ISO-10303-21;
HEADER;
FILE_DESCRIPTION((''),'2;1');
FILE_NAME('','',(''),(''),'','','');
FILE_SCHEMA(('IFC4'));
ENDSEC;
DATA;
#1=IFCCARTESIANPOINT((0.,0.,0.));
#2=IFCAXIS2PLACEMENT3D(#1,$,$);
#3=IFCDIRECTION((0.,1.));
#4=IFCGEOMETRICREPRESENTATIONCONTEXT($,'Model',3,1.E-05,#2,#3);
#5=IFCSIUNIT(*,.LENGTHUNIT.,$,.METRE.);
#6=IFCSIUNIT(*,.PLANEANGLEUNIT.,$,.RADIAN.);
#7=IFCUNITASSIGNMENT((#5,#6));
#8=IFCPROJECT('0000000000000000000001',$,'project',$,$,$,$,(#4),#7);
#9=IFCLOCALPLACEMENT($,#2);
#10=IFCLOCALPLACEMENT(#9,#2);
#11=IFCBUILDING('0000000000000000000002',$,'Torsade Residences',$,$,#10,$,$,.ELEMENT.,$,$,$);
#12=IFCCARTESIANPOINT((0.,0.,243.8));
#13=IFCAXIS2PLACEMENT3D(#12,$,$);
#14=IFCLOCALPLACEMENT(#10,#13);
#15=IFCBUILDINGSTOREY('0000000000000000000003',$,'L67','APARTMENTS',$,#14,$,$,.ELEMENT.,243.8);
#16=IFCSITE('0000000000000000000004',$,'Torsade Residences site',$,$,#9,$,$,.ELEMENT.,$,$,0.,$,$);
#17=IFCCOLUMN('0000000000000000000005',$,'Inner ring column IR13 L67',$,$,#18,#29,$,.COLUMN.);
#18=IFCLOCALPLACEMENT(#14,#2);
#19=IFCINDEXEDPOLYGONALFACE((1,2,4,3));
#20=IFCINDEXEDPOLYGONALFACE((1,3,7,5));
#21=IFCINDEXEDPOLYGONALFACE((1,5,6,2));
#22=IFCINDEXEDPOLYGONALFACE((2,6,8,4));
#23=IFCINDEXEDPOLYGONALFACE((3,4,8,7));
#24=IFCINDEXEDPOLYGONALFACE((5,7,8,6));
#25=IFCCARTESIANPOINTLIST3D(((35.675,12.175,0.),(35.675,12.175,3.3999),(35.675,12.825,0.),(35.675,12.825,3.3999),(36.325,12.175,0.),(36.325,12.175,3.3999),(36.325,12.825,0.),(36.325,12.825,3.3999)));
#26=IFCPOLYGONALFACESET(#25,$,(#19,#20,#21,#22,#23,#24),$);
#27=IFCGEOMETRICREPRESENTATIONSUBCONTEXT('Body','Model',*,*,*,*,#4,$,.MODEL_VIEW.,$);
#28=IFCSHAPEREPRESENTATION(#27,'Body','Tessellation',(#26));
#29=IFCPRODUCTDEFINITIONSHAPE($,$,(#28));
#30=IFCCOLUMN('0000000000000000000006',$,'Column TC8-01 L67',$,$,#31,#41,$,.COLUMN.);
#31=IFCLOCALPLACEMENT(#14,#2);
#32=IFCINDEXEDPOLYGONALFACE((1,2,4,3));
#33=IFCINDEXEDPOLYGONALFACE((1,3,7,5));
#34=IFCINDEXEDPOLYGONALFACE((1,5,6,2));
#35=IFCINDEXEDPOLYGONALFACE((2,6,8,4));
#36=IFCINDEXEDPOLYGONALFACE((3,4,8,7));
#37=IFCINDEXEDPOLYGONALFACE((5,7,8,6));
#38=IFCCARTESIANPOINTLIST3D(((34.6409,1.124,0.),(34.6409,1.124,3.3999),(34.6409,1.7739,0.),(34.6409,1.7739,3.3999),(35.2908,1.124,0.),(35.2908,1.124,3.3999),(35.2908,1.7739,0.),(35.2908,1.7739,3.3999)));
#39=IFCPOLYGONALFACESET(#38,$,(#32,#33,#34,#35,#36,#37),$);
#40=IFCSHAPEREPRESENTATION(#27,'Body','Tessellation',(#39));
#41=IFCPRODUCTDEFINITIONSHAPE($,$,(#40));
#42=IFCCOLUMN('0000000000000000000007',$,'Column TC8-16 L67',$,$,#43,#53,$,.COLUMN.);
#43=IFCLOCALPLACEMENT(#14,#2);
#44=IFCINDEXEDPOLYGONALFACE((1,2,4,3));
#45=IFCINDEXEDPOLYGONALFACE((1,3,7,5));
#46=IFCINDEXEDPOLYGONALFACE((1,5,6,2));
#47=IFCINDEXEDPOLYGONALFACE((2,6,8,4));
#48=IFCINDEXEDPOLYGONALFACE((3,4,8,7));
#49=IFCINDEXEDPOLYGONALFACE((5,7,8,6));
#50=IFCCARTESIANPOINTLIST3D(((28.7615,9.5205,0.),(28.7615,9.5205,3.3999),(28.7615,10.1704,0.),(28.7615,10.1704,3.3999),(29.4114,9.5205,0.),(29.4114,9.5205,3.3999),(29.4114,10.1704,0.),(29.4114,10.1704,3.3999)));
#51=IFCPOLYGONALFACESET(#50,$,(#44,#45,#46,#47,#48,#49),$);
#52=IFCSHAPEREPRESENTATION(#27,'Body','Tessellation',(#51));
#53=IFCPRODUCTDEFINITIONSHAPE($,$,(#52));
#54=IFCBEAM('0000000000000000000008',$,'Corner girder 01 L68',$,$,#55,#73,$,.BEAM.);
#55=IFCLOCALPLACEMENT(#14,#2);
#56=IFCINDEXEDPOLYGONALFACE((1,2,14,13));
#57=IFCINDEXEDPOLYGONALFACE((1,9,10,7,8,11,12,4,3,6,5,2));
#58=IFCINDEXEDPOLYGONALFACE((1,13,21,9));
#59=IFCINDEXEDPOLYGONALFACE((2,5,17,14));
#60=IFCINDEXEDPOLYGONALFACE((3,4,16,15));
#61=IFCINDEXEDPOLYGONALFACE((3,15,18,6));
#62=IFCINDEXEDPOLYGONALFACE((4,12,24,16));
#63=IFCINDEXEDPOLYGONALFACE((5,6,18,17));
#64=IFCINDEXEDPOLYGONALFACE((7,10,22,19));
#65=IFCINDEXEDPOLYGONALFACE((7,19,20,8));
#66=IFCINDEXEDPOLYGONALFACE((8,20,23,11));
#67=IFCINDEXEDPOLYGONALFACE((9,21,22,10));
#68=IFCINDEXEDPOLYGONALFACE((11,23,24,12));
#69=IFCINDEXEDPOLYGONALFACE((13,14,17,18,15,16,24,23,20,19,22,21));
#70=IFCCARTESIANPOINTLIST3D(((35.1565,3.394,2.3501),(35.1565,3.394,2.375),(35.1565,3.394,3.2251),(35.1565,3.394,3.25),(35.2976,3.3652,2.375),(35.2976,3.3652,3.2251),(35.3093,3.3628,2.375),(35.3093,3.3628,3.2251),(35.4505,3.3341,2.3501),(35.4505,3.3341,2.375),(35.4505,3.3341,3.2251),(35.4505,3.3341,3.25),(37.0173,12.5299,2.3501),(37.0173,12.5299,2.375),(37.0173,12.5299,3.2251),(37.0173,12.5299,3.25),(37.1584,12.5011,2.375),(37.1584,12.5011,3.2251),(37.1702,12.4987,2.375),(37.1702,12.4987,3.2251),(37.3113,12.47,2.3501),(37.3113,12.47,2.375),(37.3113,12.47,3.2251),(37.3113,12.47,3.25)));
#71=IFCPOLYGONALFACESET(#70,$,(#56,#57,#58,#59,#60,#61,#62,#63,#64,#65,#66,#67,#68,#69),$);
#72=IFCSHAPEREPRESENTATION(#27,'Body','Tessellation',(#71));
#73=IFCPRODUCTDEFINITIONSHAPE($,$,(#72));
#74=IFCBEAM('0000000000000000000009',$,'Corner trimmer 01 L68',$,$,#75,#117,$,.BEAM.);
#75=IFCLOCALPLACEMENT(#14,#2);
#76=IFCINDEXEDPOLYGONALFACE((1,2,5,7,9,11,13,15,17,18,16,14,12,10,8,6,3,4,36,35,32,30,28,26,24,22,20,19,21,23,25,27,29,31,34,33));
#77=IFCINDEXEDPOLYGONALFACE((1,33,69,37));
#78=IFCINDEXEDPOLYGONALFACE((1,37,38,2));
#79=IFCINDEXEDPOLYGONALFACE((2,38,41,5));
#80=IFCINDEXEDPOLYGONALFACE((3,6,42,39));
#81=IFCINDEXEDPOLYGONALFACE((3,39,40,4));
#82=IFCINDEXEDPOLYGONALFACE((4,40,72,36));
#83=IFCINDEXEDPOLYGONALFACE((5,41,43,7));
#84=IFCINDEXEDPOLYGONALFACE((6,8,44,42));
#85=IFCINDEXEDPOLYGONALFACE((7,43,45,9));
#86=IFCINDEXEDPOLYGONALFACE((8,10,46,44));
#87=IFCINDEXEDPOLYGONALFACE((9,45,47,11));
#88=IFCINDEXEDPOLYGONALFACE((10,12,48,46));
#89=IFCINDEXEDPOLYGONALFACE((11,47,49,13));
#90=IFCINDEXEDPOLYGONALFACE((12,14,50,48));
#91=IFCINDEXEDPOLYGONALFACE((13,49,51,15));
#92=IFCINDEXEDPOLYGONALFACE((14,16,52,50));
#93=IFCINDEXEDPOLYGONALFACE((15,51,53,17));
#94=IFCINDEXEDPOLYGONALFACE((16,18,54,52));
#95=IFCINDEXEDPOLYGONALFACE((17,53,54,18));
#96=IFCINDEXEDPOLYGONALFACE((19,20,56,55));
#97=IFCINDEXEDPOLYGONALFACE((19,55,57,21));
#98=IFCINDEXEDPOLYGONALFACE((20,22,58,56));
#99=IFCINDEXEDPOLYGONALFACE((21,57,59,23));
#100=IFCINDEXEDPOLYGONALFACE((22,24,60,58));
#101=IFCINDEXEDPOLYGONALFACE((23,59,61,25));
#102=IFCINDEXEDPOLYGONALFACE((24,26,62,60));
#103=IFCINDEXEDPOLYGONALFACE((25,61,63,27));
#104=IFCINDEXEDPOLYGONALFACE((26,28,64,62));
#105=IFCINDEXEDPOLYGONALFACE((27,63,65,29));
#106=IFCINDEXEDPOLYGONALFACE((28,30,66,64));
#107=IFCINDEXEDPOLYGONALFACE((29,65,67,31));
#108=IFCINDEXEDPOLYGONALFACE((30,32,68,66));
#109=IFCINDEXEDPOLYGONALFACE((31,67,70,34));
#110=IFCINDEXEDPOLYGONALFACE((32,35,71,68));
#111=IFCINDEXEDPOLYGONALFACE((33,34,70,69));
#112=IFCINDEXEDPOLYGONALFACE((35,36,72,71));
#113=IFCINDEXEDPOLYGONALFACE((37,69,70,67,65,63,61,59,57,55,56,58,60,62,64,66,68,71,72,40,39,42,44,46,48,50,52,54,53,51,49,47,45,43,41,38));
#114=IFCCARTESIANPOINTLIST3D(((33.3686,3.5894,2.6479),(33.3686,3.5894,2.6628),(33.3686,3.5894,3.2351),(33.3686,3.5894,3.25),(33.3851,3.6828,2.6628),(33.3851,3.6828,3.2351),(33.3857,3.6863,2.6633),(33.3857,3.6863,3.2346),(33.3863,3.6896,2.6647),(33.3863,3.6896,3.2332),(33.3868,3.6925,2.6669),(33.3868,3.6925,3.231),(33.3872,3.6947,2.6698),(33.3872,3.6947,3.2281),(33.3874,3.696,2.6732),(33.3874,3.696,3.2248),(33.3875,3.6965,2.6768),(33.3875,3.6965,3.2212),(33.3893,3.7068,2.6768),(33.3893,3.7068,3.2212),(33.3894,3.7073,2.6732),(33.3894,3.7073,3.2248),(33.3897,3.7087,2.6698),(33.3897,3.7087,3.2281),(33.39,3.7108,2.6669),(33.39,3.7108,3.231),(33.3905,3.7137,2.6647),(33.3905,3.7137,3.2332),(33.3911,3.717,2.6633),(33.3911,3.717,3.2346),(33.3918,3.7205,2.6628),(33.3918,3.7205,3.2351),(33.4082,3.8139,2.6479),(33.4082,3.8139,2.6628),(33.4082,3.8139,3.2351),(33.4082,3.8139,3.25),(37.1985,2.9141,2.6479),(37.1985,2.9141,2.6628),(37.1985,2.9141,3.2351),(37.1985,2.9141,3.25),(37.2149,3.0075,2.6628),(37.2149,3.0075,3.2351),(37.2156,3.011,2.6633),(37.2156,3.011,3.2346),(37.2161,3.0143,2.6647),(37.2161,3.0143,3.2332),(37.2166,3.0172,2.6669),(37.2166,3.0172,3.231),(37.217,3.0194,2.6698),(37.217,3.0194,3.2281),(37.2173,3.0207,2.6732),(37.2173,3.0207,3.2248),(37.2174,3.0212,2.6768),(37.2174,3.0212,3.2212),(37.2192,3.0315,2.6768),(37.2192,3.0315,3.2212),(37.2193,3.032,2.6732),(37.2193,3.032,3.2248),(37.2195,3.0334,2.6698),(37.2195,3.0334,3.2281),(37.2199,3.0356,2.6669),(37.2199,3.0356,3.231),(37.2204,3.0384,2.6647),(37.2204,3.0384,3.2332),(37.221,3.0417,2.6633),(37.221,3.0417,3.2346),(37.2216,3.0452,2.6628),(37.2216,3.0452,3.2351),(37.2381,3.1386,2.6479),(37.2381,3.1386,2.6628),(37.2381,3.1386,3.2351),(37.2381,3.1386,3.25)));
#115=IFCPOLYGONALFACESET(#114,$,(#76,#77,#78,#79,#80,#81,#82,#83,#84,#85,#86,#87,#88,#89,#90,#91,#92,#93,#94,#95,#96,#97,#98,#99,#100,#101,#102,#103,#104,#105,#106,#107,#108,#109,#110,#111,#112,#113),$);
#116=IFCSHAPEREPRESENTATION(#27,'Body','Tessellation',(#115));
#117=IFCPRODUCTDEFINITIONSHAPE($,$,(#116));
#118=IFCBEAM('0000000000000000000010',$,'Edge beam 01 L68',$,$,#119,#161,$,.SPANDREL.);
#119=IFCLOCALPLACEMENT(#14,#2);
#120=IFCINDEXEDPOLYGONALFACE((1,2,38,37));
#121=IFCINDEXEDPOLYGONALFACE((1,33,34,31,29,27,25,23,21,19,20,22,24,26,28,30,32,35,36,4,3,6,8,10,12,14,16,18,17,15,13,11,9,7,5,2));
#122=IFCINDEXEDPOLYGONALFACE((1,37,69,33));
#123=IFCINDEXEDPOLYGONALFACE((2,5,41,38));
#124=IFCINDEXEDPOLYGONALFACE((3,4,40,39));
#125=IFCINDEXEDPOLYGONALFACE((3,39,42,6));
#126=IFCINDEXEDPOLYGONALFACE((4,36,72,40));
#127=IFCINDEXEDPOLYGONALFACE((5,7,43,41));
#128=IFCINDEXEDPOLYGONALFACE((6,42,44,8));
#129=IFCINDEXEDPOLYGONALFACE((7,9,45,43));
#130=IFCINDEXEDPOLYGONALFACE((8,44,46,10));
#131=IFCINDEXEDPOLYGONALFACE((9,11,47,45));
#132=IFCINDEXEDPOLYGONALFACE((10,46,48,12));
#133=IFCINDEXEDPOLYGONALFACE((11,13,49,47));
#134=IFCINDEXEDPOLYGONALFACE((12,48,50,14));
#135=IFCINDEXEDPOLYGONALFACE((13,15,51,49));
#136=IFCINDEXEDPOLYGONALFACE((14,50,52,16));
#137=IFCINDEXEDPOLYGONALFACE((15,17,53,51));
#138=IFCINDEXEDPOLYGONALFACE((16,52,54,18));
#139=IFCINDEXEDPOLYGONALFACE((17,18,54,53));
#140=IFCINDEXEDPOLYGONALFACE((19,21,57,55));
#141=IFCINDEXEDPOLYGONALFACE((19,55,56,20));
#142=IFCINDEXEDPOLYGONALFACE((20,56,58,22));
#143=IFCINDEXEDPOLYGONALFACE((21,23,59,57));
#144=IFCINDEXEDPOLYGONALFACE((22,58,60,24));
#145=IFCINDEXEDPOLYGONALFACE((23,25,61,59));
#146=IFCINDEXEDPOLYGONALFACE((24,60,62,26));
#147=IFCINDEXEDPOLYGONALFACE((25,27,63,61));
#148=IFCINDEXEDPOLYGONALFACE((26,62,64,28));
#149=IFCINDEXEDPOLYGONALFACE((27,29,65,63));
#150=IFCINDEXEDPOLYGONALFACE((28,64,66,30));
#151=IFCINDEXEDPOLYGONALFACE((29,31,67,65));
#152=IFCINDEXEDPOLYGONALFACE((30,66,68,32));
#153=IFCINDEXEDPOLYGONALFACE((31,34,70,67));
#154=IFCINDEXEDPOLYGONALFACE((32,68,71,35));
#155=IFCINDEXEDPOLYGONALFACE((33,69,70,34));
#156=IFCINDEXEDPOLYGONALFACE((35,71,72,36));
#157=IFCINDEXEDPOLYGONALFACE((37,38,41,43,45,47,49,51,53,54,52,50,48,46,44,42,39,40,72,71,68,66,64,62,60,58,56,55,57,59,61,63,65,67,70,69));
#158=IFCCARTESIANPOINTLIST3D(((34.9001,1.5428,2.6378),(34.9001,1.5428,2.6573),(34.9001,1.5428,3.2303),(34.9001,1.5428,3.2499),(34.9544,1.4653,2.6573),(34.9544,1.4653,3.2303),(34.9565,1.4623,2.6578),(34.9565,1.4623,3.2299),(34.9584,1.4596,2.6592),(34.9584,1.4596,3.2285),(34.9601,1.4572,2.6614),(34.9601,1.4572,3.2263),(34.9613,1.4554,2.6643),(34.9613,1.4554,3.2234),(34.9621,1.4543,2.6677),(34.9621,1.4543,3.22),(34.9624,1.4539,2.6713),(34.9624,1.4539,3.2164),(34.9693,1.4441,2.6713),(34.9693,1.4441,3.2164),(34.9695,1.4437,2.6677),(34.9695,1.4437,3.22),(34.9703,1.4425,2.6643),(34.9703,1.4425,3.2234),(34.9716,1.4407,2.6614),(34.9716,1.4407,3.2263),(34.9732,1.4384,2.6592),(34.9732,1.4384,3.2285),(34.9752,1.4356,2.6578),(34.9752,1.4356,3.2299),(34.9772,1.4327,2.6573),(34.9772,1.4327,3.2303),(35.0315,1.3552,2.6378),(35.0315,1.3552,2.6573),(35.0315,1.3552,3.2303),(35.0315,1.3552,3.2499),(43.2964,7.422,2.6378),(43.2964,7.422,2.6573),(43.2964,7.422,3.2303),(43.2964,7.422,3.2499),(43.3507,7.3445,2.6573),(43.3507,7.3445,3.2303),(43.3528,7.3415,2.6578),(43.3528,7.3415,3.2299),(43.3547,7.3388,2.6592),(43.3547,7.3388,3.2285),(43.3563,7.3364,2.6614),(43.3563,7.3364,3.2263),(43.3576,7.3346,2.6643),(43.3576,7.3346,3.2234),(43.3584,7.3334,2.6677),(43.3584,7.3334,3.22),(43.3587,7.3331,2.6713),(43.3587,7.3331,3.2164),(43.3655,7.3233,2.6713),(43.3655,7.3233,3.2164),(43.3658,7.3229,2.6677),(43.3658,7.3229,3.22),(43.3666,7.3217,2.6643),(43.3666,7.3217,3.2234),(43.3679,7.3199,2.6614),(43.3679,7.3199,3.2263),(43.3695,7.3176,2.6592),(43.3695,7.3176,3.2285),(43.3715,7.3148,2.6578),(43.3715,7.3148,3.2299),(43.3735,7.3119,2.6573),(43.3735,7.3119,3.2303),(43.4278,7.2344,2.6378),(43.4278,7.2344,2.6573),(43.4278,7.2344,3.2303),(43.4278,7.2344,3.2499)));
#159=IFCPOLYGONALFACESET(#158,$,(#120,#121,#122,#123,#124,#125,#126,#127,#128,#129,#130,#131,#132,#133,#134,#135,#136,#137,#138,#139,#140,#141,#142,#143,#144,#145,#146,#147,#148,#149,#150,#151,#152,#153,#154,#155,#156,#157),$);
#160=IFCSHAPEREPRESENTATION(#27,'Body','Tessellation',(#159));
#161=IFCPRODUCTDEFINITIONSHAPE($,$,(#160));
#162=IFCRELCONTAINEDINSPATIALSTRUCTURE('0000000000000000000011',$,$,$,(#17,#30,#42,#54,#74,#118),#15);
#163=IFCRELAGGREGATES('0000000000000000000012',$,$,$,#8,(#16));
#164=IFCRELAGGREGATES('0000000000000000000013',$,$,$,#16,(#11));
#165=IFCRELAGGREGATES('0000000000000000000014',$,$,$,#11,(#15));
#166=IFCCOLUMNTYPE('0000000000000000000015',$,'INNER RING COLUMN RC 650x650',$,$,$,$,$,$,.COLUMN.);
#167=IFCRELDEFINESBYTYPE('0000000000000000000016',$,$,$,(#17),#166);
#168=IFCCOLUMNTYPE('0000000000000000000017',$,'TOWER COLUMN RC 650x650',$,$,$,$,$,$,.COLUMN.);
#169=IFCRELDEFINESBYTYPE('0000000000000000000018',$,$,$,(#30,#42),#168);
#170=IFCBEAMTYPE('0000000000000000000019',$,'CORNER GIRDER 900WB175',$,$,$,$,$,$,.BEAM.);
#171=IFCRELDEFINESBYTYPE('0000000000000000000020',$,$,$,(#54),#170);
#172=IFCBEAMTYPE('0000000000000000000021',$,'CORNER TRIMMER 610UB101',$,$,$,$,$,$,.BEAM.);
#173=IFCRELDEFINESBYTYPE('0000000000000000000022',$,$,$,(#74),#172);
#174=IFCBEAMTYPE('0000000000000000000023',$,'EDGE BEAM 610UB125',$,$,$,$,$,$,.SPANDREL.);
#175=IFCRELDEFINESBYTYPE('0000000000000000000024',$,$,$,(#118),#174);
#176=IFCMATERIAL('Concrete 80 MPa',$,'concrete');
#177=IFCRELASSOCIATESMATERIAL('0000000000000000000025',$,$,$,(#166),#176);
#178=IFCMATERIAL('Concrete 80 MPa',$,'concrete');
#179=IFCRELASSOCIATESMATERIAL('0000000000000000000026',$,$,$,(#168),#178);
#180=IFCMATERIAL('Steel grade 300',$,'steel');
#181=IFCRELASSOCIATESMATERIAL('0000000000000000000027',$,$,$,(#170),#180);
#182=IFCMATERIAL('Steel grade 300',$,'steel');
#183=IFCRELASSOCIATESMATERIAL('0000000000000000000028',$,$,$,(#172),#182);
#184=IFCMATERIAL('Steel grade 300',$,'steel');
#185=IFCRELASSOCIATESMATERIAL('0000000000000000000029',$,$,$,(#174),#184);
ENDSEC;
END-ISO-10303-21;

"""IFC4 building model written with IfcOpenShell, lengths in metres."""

from ifc_helpers import new_model, si_unit, direction, frame, origin, origin_2d, place, context, subcontext, project, spatial, rectangle, i_section, extrude, material, material_profile, profile_set, type_object, element, save


model = new_model("IFC4")

# Units and contexts
model_context = context("Model", 3, precision=1e-05, world=origin(), true_north=direction((0.0, 1.0)))
body_context = subcontext(model_context, "Body", "Model", "MODEL_VIEW")
ifc_project = project(units=[si_unit("LENGTHUNIT", "METRE"), si_unit("PLANEANGLEUNIT", "RADIAN")], contexts=[model_context])

# Site, building, storey
site_placement = place(None, origin())
site = spatial("IfcSite", under=ifc_project, at=site_placement, Name="Torsade Residences site", CompositionType="ELEMENT", RefElevation=0.0)
building_placement = place(site_placement, origin())
building = spatial("IfcBuilding", under=site, at=building_placement, Name="Torsade Residences", CompositionType="ELEMENT")
storey_placement = place(building_placement, frame((0.0, 0.0, 243.8)))
storey = spatial("IfcBuildingStorey", under=building, at=storey_placement, Name="L67", Description="APARTMENTS", CompositionType="ELEMENT", Elevation=243.8)

# Columns
ifc_material_1 = material(Name="Concrete 80 MPa", Category="concrete")
ifc_material_profile_1 = material_profile(ifc_material_1, rectangle(XDim=0.6499, YDim=0.6499, at=origin_2d()), Name="RC 650x650")
ifc_profile_set_1 = profile_set([ifc_material_profile_1], Name="Concrete 80 MPa")
column_type_1 = type_object("IfcColumnType", Name="INNER RING COLUMN RC 650x650", PredefinedType="COLUMN", material=ifc_profile_set_1)
column_placement = place(storey_placement, frame((36.0, 12.5, 0.0), z_axis=(0.0, 0.0, 1.0), x_axis=(1.0, 0.0, 0.0)))
element("IfcColumn", 1, at=column_placement, inside=storey, type_object=column_type_1, Name="Inner ring column IR13 L67", PredefinedType="COLUMN", context=body_context, shape_type="SweptSolid", body=[
    extrude(rectangle(XDim=0.6499, YDim=0.6499, at=origin_2d()), origin(), (0.0, 0.0, 1.0), 3.3999),
])
ifc_material_2 = material(Name="Concrete 80 MPa", Category="concrete")
ifc_material_profile_2 = material_profile(ifc_material_2, rectangle(XDim=0.6499, YDim=0.6499, at=origin_2d()), Name="RC 650x650")
ifc_profile_set_2 = profile_set([ifc_material_profile_2], Name="Concrete 80 MPa")
column_type_2 = type_object("IfcColumnType", Name="TOWER COLUMN RC 650x650", PredefinedType="COLUMN", material=ifc_profile_set_2)
for number, where, z_axis, x_axis, name in (
    (2, (34.9658, 1.449, 0.0), (0.0, 0.0, 1.0), (1.0, 0.0, 0.0), "Column TC8-01 L67"),
    (3, (29.0864, 9.8455, 0.0), (0.0, 0.0, 1.0), (1.0, 0.0, 0.0), "Column TC8-16 L67"),
):
    element("IfcColumn", number, at=place(storey_placement, frame(where, z_axis=z_axis, x_axis=x_axis)), inside=storey, type_object=column_type_2, Name=name, PredefinedType="COLUMN", context=body_context, shape_type="SweptSolid", body=[
        extrude(rectangle(XDim=0.6499, YDim=0.6499, at=origin_2d()), origin(), (0.0, 0.0, 1.0), 3.3999),
    ])

# Beams
ifc_material_3 = material(Name="Steel grade 300", Category="steel")
ifc_material_profile_3 = material_profile(ifc_material_3, i_section(OverallWidth=0.3, OverallDepth=0.8999, WebThickness=0.012, FlangeThickness=0.0249, at=origin_2d()), Name="900WB175")
ifc_profile_set_3 = profile_set([ifc_material_profile_3], Name="Steel grade 300")
beam_type_1 = type_object("IfcBeamType", Name="CORNER GIRDER 900WB175", PredefinedType="BEAM", material=ifc_profile_set_3)
beam_1_placement = place(storey_placement, frame((35.3035, 3.364, 2.8), z_axis=(0.199584, 0.979881, 0.0), x_axis=(-0.979881, 0.199584, 0.0)))
element("IfcBeam", 4, at=beam_1_placement, inside=storey, type_object=beam_type_1, Name="Corner girder 01 L68", PredefinedType="BEAM", context=body_context, shape_type="SweptSolid", body=[
    extrude(i_section(OverallWidth=0.3, OverallDepth=0.8999, WebThickness=0.012, FlangeThickness=0.0249, at=origin_2d()), origin(), (0.0, 0.0, 1.0), 9.3235),
])
ifc_material_4 = material(Name="Steel grade 300", Category="steel")
ifc_material_profile_4 = material_profile(ifc_material_4, i_section(OverallWidth=0.228, OverallDepth=0.6021, WebThickness=0.0105, FlangeThickness=0.0149, FilletRadius=0.0139, at=origin_2d()), Name="610UB101")
ifc_profile_set_4 = profile_set([ifc_material_profile_4], Name="Steel grade 300")
beam_type_2 = type_object("IfcBeamType", Name="CORNER TRIMMER 610UB101", PredefinedType="BEAM", material=ifc_profile_set_4)
beam_2_placement = place(storey_placement, frame((37.2183, 3.0264, 2.949), z_axis=(-0.984808, 0.173646, 0.0), x_axis=(-0.173646, -0.984808, 0.0)))
element("IfcBeam", 5, at=beam_2_placement, inside=storey, type_object=beam_type_2, Name="Corner trimmer 01 L68", PredefinedType="BEAM", context=body_context, shape_type="SweptSolid", body=[
    extrude(i_section(OverallWidth=0.228, OverallDepth=0.6021, WebThickness=0.0105, FlangeThickness=0.0149, FilletRadius=0.0139, at=origin_2d()), origin(), (0.0, 0.0, 1.0), 3.8889),
])
ifc_material_5 = material(Name="Steel grade 300", Category="steel")
ifc_material_profile_5 = material_profile(ifc_material_5, i_section(OverallWidth=0.229, OverallDepth=0.6121, WebThickness=0.012, FlangeThickness=0.0195, FilletRadius=0.0139, at=origin_2d()), Name="610UB125")
ifc_profile_set_5 = profile_set([ifc_material_profile_5], Name="Steel grade 300")
beam_type_3 = type_object("IfcBeamType", Name="EDGE BEAM 610UB125", PredefinedType="SPANDREL", material=ifc_profile_set_5)
beam_3_placement = place(storey_placement, frame((34.9658, 1.449, 2.9438), z_axis=(0.81915, 0.573579, 0.0), x_axis=(-0.573579, 0.81915, 0.0)))
element("IfcBeam", 6, at=beam_3_placement, inside=storey, type_object=beam_type_3, Name="Edge beam 01 L68", PredefinedType="SPANDREL", context=body_context, shape_type="SweptSolid", body=[
    extrude(i_section(OverallWidth=0.229, OverallDepth=0.6121, WebThickness=0.012, FlangeThickness=0.0195, FilletRadius=0.0139, at=origin_2d()), origin(), (0.0, 0.0, 1.0), 10.25),
])

save(model, "model.ifc")
